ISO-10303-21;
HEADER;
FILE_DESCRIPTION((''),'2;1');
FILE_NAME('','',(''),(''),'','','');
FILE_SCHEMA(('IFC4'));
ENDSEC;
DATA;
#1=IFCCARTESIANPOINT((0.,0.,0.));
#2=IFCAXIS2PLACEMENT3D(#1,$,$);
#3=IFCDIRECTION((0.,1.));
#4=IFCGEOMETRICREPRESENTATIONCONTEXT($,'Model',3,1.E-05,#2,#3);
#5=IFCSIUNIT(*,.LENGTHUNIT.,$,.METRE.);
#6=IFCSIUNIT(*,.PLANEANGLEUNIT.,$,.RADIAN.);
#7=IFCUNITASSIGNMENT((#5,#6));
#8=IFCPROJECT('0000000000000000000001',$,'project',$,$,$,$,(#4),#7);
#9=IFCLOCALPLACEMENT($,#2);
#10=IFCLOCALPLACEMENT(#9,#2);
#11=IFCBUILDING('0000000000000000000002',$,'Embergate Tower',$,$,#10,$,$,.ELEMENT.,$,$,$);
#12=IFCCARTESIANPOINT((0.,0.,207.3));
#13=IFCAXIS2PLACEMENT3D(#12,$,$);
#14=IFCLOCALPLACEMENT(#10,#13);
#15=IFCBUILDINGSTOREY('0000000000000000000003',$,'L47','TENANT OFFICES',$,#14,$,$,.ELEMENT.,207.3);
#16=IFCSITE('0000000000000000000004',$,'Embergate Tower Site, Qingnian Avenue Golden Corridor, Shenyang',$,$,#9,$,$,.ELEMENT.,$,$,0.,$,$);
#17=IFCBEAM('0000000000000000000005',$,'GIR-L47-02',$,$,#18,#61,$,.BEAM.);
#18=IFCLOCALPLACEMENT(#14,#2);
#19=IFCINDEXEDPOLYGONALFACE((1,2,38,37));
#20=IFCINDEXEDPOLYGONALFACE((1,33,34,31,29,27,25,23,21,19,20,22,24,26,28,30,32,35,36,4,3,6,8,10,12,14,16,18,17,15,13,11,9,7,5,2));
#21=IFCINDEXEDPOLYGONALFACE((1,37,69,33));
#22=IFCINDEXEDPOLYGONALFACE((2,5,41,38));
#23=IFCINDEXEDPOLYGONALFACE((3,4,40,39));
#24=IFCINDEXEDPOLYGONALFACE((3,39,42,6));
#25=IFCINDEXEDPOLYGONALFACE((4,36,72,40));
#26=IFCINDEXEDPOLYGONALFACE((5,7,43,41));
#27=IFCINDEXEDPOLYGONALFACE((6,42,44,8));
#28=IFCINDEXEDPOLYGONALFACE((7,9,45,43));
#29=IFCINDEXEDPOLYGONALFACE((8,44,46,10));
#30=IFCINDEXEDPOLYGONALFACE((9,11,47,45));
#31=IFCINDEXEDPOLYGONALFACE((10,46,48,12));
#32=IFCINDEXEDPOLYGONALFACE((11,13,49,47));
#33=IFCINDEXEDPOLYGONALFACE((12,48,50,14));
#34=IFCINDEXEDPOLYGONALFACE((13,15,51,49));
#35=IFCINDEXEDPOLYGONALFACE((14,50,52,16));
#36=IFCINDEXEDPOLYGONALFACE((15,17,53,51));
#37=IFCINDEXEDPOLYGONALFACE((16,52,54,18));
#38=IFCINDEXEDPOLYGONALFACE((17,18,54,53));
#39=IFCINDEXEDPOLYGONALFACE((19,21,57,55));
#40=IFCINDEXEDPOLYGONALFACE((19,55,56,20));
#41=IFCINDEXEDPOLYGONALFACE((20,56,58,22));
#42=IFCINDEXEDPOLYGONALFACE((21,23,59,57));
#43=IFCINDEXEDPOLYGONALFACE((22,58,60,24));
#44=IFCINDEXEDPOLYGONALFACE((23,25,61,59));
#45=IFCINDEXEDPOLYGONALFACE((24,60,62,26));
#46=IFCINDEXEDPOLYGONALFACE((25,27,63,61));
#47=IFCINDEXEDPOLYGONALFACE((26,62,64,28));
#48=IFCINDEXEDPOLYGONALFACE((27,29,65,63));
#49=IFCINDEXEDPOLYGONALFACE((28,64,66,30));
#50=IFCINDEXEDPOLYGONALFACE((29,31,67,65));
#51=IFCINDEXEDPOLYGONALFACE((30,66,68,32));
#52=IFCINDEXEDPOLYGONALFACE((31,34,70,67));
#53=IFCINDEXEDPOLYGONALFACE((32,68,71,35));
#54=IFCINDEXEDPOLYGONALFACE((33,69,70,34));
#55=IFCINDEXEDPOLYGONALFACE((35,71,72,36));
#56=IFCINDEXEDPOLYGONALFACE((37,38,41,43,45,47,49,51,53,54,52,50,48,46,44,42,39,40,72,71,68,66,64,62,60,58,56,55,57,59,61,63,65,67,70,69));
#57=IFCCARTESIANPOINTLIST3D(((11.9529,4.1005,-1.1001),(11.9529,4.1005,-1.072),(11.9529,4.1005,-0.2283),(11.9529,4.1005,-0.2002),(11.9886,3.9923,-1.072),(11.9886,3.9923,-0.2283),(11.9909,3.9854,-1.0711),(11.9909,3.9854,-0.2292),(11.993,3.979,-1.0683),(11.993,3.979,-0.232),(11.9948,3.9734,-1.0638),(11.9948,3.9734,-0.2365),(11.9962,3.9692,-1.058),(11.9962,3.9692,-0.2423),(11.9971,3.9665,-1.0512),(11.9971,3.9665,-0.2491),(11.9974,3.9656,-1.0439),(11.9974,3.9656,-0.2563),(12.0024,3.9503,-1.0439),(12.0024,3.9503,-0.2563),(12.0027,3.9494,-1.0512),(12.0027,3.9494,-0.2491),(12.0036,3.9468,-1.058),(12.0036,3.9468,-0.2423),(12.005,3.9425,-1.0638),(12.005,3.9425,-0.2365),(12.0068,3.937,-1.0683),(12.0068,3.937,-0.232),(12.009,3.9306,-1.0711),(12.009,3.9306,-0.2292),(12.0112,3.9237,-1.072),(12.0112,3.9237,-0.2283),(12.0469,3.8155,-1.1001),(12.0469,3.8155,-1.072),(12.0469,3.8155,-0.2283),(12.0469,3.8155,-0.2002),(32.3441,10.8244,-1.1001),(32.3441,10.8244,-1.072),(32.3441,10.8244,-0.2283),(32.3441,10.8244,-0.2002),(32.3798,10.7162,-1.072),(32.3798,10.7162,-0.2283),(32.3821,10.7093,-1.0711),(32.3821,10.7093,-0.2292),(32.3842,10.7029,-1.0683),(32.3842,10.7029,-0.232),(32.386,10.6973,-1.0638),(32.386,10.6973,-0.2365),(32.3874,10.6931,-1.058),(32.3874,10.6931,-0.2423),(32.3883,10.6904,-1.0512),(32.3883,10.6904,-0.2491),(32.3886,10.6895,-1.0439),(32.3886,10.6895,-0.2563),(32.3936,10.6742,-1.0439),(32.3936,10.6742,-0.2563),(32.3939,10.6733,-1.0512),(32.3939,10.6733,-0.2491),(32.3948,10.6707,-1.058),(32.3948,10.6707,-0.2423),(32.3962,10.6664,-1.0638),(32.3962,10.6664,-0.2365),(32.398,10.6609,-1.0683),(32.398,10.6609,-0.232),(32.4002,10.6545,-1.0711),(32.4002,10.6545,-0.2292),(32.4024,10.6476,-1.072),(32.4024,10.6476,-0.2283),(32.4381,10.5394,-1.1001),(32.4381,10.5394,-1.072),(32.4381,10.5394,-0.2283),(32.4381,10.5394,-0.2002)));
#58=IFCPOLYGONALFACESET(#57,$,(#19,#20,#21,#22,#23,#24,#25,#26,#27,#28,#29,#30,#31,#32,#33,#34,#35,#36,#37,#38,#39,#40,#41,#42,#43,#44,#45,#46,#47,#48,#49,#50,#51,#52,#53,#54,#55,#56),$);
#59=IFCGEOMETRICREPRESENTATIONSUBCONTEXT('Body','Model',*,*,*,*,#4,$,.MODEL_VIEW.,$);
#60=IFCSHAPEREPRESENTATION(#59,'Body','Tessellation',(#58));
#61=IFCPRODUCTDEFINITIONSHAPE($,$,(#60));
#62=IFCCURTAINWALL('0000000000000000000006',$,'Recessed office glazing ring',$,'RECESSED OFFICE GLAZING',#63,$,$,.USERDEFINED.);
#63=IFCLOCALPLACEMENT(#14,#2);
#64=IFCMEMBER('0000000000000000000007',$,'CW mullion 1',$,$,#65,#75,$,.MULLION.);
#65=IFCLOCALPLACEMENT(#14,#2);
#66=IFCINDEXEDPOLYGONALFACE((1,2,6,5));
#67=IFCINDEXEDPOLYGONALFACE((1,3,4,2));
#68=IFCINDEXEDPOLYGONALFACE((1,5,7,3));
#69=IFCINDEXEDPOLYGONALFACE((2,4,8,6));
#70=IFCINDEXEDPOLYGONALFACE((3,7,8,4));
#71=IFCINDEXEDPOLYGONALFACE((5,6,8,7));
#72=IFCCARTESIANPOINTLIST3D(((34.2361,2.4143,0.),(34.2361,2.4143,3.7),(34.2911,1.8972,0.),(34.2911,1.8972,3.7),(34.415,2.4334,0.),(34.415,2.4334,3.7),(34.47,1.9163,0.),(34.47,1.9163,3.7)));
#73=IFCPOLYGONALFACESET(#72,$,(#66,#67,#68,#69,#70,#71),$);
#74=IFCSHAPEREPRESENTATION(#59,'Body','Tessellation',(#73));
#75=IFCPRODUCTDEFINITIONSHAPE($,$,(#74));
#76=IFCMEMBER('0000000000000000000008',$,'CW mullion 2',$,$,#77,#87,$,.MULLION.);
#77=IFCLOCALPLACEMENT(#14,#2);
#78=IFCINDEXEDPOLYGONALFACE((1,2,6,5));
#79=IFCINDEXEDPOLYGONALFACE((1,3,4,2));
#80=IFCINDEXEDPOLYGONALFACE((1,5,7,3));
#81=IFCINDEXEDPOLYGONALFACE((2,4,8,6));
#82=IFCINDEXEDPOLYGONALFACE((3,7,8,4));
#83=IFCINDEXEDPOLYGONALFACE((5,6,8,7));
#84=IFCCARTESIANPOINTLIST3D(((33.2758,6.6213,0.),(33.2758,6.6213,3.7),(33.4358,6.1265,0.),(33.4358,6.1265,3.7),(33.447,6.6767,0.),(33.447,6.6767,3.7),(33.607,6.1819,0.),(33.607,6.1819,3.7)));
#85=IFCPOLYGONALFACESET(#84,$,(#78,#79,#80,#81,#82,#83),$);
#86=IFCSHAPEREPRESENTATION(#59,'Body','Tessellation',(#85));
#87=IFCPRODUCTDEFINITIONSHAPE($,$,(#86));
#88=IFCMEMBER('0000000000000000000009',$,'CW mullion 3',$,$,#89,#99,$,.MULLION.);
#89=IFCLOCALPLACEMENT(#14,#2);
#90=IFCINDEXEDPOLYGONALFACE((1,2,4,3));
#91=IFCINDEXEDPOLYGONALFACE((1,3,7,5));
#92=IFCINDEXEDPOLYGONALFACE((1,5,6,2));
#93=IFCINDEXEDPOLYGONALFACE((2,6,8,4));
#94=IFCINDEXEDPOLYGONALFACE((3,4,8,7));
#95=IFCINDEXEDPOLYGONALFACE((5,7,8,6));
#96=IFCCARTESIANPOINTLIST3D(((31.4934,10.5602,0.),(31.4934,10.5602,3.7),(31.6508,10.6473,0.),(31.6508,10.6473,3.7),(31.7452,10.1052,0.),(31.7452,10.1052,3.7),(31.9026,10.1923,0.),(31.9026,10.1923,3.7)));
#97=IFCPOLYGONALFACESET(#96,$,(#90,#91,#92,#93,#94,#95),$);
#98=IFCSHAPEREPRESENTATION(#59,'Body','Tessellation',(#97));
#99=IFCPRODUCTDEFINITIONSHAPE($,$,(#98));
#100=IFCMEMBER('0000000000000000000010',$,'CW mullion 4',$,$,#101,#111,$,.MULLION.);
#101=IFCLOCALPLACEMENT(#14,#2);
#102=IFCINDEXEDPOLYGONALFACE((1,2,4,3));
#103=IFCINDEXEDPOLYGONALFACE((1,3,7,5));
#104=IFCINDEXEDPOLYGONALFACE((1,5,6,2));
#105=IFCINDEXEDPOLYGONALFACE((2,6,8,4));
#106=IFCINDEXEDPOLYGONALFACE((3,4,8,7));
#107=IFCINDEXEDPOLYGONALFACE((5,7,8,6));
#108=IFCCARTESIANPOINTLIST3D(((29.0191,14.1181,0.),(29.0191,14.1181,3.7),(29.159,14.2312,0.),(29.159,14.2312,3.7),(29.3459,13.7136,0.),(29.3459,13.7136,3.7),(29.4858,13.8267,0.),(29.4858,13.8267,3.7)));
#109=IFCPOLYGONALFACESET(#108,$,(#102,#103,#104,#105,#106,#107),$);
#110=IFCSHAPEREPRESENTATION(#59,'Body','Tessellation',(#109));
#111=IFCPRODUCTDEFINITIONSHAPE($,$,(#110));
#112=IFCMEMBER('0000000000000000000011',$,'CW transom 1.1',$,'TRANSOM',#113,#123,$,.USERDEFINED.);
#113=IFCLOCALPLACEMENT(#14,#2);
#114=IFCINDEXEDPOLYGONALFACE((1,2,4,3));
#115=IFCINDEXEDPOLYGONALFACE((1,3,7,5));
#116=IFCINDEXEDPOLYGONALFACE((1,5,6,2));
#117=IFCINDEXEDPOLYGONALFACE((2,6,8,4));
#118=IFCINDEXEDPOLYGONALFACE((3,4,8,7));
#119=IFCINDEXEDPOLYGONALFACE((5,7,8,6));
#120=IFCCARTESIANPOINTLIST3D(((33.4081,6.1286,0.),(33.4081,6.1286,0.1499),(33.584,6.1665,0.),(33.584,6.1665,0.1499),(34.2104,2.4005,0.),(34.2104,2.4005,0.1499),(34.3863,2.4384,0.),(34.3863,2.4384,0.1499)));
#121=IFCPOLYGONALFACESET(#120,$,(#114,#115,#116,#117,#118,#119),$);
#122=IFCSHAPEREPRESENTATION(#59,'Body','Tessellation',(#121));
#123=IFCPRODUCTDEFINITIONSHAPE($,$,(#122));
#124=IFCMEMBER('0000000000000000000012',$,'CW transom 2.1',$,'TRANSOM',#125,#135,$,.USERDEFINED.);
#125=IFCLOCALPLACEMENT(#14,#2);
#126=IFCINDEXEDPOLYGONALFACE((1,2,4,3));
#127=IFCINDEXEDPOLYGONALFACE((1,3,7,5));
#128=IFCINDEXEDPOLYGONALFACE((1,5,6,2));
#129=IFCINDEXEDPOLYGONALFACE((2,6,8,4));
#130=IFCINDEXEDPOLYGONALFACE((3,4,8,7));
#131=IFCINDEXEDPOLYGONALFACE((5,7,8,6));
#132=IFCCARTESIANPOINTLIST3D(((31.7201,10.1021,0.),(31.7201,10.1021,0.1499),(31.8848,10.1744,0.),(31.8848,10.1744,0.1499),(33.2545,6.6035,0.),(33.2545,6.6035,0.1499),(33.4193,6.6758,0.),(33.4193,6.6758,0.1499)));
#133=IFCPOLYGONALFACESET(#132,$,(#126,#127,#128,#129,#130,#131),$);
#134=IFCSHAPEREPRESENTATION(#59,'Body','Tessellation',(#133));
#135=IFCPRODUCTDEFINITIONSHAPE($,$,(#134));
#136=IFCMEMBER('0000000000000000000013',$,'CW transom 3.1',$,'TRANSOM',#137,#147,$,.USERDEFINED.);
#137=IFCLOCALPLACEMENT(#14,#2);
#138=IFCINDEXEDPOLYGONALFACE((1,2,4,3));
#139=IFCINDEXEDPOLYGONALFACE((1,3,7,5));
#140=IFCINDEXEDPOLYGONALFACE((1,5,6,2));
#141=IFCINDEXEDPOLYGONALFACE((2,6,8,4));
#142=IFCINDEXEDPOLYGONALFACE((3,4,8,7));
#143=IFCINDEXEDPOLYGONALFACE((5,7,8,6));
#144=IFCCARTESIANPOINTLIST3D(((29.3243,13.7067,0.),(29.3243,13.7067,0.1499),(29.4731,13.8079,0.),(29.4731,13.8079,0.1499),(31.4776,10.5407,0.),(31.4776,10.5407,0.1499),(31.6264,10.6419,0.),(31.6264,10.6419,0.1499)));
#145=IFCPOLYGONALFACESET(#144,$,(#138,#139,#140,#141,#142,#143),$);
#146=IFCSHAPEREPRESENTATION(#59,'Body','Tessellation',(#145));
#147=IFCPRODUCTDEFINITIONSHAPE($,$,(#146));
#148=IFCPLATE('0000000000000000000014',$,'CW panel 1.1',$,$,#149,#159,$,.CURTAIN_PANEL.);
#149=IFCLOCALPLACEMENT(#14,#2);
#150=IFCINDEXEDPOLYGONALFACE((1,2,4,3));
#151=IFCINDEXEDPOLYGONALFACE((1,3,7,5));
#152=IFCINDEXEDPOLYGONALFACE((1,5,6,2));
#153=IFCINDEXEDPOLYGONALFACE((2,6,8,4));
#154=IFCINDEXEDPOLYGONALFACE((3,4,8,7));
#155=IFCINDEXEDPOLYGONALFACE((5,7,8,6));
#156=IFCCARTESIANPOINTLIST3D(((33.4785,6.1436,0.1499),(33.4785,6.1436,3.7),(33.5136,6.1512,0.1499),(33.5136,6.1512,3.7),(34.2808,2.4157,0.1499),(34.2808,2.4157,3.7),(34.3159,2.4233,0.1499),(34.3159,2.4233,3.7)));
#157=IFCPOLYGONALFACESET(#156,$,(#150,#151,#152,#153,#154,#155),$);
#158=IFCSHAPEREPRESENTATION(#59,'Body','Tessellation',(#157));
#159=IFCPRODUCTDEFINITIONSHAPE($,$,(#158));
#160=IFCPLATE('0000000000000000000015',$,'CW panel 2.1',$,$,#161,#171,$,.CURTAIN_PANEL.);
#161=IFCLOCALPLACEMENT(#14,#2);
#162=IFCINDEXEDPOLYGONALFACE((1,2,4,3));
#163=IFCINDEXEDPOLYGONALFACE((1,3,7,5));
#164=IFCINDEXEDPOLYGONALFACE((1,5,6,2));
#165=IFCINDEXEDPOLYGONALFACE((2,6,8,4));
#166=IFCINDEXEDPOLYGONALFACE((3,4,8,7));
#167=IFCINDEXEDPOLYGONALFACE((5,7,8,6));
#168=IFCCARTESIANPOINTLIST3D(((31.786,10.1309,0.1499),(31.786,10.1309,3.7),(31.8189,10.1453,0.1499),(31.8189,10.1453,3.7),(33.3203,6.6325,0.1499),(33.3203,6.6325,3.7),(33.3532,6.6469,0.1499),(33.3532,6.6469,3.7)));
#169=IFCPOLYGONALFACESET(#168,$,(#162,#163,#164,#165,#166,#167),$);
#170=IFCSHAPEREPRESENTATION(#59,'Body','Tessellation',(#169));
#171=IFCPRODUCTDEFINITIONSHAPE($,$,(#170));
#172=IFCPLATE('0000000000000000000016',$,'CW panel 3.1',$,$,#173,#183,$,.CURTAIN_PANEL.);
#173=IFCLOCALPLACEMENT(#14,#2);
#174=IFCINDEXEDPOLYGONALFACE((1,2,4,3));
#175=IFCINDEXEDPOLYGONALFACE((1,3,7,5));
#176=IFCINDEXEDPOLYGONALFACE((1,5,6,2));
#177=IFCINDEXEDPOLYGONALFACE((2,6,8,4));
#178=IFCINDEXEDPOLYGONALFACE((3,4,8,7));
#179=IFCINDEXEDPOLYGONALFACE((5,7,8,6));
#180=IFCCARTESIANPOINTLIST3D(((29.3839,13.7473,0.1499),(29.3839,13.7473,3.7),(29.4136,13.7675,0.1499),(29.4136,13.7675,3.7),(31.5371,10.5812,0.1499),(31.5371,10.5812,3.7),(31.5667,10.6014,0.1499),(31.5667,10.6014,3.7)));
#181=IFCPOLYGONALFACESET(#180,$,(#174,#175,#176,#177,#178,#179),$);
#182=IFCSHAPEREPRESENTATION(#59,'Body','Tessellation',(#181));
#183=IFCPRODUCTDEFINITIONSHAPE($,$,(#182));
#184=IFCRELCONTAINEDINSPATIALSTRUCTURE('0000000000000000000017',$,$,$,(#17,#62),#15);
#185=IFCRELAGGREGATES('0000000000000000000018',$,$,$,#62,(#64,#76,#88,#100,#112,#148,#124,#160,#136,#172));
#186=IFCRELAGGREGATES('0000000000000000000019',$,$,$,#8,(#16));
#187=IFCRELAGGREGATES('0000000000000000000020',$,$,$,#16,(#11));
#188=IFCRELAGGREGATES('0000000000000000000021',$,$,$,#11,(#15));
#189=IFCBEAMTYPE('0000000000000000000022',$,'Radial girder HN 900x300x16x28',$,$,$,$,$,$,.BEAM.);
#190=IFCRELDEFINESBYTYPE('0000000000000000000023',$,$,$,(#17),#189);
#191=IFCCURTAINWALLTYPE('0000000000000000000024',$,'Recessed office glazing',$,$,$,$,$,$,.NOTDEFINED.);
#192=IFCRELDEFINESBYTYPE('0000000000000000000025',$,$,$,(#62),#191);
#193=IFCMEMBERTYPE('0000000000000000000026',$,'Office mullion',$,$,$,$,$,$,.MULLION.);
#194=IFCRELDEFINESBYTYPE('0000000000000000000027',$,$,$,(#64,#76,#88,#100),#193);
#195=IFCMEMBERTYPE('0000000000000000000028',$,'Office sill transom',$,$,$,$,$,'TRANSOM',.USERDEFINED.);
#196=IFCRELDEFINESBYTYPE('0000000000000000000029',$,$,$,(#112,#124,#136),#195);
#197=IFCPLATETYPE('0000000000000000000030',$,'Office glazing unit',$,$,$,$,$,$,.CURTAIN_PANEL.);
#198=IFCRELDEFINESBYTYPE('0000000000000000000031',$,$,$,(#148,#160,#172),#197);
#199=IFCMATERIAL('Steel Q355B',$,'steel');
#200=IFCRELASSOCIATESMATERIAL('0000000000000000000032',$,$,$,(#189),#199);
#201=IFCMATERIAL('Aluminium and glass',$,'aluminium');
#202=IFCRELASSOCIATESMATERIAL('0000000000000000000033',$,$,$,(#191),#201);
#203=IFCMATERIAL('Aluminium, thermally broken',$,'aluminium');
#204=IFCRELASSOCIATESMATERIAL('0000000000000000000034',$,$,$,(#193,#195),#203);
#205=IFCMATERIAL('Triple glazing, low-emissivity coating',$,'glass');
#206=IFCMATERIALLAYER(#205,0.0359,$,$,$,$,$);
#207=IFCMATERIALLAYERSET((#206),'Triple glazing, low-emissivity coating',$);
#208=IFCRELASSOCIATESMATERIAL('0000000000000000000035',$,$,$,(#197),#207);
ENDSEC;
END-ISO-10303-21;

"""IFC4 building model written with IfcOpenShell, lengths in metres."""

from ifc_helpers import new_model, si_unit, direction, frame, origin, origin_2d, place, context, subcontext, project, spatial, rectangle, i_section, extrude, source, transform, mapped, material, layer, layer_set, material_profile, profile_set, type_object, element, aggregate, save


model = new_model("IFC4")

# Units and contexts
model_context = context("Model", 3, precision=1e-05, world=origin(), true_north=direction((0.0, 1.0)))
body_context = subcontext(model_context, "Body", "Model", "MODEL_VIEW")
ifc_project = project(units=[si_unit("LENGTHUNIT", "METRE"), si_unit("PLANEANGLEUNIT", "RADIAN")], contexts=[model_context])

# Site, building, storey
site_placement = place(None, origin())
site = spatial("IfcSite", under=ifc_project, at=site_placement, Name="Embergate Tower Site, Qingnian Avenue Golden Corridor, Shenyang", CompositionType="ELEMENT", RefElevation=0.0)
building_placement = place(site_placement, origin())
building = spatial("IfcBuilding", under=site, at=building_placement, Name="Embergate Tower", CompositionType="ELEMENT")
storey_placement = place(building_placement, frame((0.0, 0.0, 207.3)))
storey = spatial("IfcBuildingStorey", under=building, at=storey_placement, Name="L47", Description="TENANT OFFICES", CompositionType="ELEMENT", Elevation=207.3)

# Beam
ifc_material_1 = material(Name="Steel Q355B", Category="steel")
ifc_material_profile_1 = material_profile(ifc_material_1, i_section(OverallWidth=0.3, OverallDepth=0.8999, WebThickness=0.0161, FlangeThickness=0.0281, FilletRadius=0.0281, at=origin_2d()), Name="HN 900x300x16x28")
ifc_profile_set_1 = profile_set([ifc_material_profile_1], Name="Steel Q355 grade B")
beam_type_1 = type_object("IfcBeamType", Name="Radial girder HN 900x300x16x28", PredefinedType="BEAM", material=ifc_profile_set_1)
shared_shape_1 = source(origin(), body_context, "Body", "SweptSolid", [
    extrude(i_section(OverallWidth=0.3, OverallDepth=0.8999, WebThickness=0.0161, FlangeThickness=0.0281, FilletRadius=0.0281, at=origin_2d()), origin(), (0.0, 0.0, 1.0), 21.4712),
])
beam_1_placement = place(storey_placement, frame((32.3911, 10.6819, -0.6501), z_axis=(-0.949701, -0.313159, 0.0), x_axis=(0.313159, -0.949701, 0.0)))
element("IfcBeam", 1, at=beam_1_placement, inside=storey, type_object=beam_type_1, Name="GIR-L47-02", PredefinedType="BEAM", context=body_context, shape_type="MappedRepresentation", body=[
    mapped(shared_shape_1, transform((0.0, 0.0, 0.0))),
])

# Curtain wall, members, plates
ifc_material_2 = material(Name="Aluminium and glass", Category="aluminium")
curtain_wall_type = type_object("IfcCurtainWallType", Name="Recessed office glazing", PredefinedType="NOTDEFINED", material=ifc_material_2)
curtain_wall_placement = place(storey_placement, origin())
curtain_wall = element("IfcCurtainWall", 2, at=curtain_wall_placement, inside=storey, type_object=curtain_wall_type, Name="Recessed office glazing ring", ObjectType="RECESSED OFFICE GLAZING", PredefinedType="USERDEFINED")
ifc_material_3 = material(Name="Aluminium, thermally broken", Category="aluminium")
ifc_material_profile_2 = material_profile(ifc_material_3, rectangle(XDim=0.1799, YDim=0.52, at=origin_2d()), Name="AL 520x180")
ifc_profile_set_2 = profile_set([ifc_material_profile_2], Name="Aluminium, thermally broken")
member_type_1 = type_object("IfcMemberType", Name="Office mullion", PredefinedType="MULLION", material=ifc_profile_set_2)
shared_shape_2 = source(origin(), body_context, "Body", "SweptSolid", [
    extrude(rectangle(XDim=0.1799, YDim=0.52, at=origin_2d()), origin(), (0.0, 0.0, 1.0), 3.7),
])
member_1_placement = place(storey_placement, frame((34.353, 2.1653, 0.0), z_axis=(0.0, 0.0, 1.0), x_axis=(-0.994385, -0.105823, 0.0)))
member_1 = element("IfcMember", 3, at=member_1_placement, type_object=member_type_1, Name="CW mullion 1", PredefinedType="MULLION", context=body_context, shape_type="MappedRepresentation", body=[
    mapped(shared_shape_2, transform((0.0, 0.0, 0.0))),
])
member_2_placement = place(storey_placement, frame((33.4414, 6.4016, 0.0), z_axis=(0.0, 0.0, 1.0), x_axis=(-0.951498, -0.307656, 0.0)))
member_2 = element("IfcMember", 4, at=member_2_placement, type_object=member_type_1, Name="CW mullion 2", PredefinedType="MULLION", context=body_context, shape_type="MappedRepresentation", body=[
    mapped(shared_shape_2, transform((0.0, 0.0, 0.0))),
])
member_3_placement = place(storey_placement, frame((31.698, 10.3762, 0.0), z_axis=(0.0, 0.0, 1.0), x_axis=(-0.875003, -0.484118, 0.0)))
member_3 = element("IfcMember", 5, at=member_3_placement, type_object=member_type_1, Name="CW mullion 3", PredefinedType="MULLION", context=body_context, shape_type="MappedRepresentation", body=[
    mapped(shared_shape_2, transform((0.0, 0.0, 0.0))),
])
member_4_placement = place(storey_placement, frame((29.2524, 13.9724, 0.0), z_axis=(0.0, 0.0, 1.0), x_axis=(-0.777875, -0.628419, 0.0)))
member_4 = element("IfcMember", 6, at=member_4_placement, type_object=member_type_1, Name="CW mullion 4", PredefinedType="MULLION", context=body_context, shape_type="MappedRepresentation", body=[
    mapped(shared_shape_2, transform((0.0, 0.0, 0.0))),
])
ifc_material_profile_3 = material_profile(ifc_material_3, rectangle(XDim=0.1799, YDim=0.1499, at=origin_2d()), Name="AL 150x180")
ifc_profile_set_3 = profile_set([ifc_material_profile_3], Name="Aluminium, thermally broken")
member_type_2 = type_object("IfcMemberType", Name="Office sill transom", ElementType="TRANSOM", PredefinedType="USERDEFINED", material=ifc_profile_set_3)
shared_shape_3 = source(origin(), body_context, "Body", "SweptSolid", [
    extrude(rectangle(XDim=0.1799, YDim=0.1499, at=origin_2d()), origin(), (0.0, 0.0, 1.0), 3.8135),
])
member_5_placement = place(storey_placement, frame((34.2983, 2.4194, 0.075), z_axis=(-0.210377, 0.97762, 0.0), x_axis=(-0.97762, -0.210377, 0.0)))
member_5 = element("IfcMember", 7, at=member_5_placement, type_object=member_type_2, Name="CW transom 1.1", ObjectType="TRANSOM", PredefinedType="USERDEFINED", context=body_context, shape_type="MappedRepresentation", body=[
    mapped(shared_shape_3, transform((0.0, 0.0, 0.0))),
])
shared_shape_4 = source(origin(), body_context, "Body", "SweptSolid", [
    extrude(rectangle(XDim=0.1799, YDim=0.1499, at=origin_2d()), origin(), (0.0, 0.0, 1.0), 3.8203),
])
member_6_placement = place(storey_placement, frame((33.3369, 6.6396, 0.075), z_axis=(-0.401657, 0.91579, 0.0), x_axis=(-0.91579, -0.401657, 0.0)))
member_6 = element("IfcMember", 8, at=member_6_placement, type_object=member_type_2, Name="CW transom 2.1", ObjectType="TRANSOM", PredefinedType="USERDEFINED", context=body_context, shape_type="MappedRepresentation", body=[
    mapped(shared_shape_4, transform((0.0, 0.0, 0.0))),
])
shared_shape_5 = source(origin(), body_context, "Body", "SweptSolid", [
    extrude(rectangle(XDim=0.1799, YDim=0.1499, at=origin_2d()), origin(), (0.0, 0.0, 1.0), 3.8289),
])
member_7_placement = place(storey_placement, frame((31.552, 10.5913, 0.075), z_axis=(-0.562387, 0.826874, 0.0), x_axis=(-0.826874, -0.562387, 0.0)))
member_7 = element("IfcMember", 9, at=member_7_placement, type_object=member_type_2, Name="CW transom 3.1", ObjectType="TRANSOM", PredefinedType="USERDEFINED", context=body_context, shape_type="MappedRepresentation", body=[
    mapped(shared_shape_5, transform((0.0, 0.0, 0.0))),
])
ifc_material_4 = material(Name="Triple glazing, low-emissivity coating", Category="glass")
ifc_layer_1 = layer(ifc_material_4, 0.0359)
ifc_layer_set_1 = layer_set([ifc_layer_1], Name="Triple glazing, low-emissivity coating")
plate_type = type_object("IfcPlateType", Name="Office glazing unit", PredefinedType="CURTAIN_PANEL", material=ifc_layer_set_1)
shared_shape_6 = source(origin(), body_context, "Body", "SweptSolid", [
    extrude(rectangle(XDim=3.8132, YDim=0.0359, at=origin_2d()), origin(), (0.0, 0.0, 1.0), 3.55),
])
plate_1_placement = place(storey_placement, frame((33.8972, 4.2834, 0.1499), z_axis=(0.0, 0.0, 1.0), x_axis=(-0.210395, 0.977616, 0.0)))
plate_1 = element("IfcPlate", 10, at=plate_1_placement, type_object=plate_type, Name="CW panel 1.1", PredefinedType="CURTAIN_PANEL", context=body_context, shape_type="MappedRepresentation", body=[
    mapped(shared_shape_6, transform((0.0, 0.0, 0.0))),
])
shared_shape_7 = source(origin(), body_context, "Body", "SweptSolid", [
    extrude(rectangle(XDim=3.8201, YDim=0.0359, at=origin_2d()), origin(), (0.0, 0.0, 1.0), 3.55),
])
plate_2_placement = place(storey_placement, frame((32.5696, 8.3889, 0.1499), z_axis=(0.0, 0.0, 1.0), x_axis=(-0.401649, 0.915794, 0.0)))
plate_2 = element("IfcPlate", 11, at=plate_2_placement, type_object=plate_type, Name="CW panel 2.1", PredefinedType="CURTAIN_PANEL", context=body_context, shape_type="MappedRepresentation", body=[
    mapped(shared_shape_7, transform((0.0, 0.0, 0.0))),
])
shared_shape_8 = source(origin(), body_context, "Body", "SweptSolid", [
    extrude(rectangle(XDim=3.8289, YDim=0.0359, at=origin_2d()), origin(), (0.0, 0.0, 1.0), 3.55),
])
plate_3_placement = place(storey_placement, frame((30.4753, 12.1743, 0.1499), z_axis=(0.0, 0.0, 1.0), x_axis=(-0.562337, 0.826908, 0.0)))
plate_3 = element("IfcPlate", 12, at=plate_3_placement, type_object=plate_type, Name="CW panel 3.1", PredefinedType="CURTAIN_PANEL", context=body_context, shape_type="MappedRepresentation", body=[
    mapped(shared_shape_8, transform((0.0, 0.0, 0.0))),
])
aggregate(curtain_wall, [member_1, member_2, member_3, member_4, member_5, plate_1, member_6, plate_2, member_7, plate_3])

save(model, "model.ifc")
